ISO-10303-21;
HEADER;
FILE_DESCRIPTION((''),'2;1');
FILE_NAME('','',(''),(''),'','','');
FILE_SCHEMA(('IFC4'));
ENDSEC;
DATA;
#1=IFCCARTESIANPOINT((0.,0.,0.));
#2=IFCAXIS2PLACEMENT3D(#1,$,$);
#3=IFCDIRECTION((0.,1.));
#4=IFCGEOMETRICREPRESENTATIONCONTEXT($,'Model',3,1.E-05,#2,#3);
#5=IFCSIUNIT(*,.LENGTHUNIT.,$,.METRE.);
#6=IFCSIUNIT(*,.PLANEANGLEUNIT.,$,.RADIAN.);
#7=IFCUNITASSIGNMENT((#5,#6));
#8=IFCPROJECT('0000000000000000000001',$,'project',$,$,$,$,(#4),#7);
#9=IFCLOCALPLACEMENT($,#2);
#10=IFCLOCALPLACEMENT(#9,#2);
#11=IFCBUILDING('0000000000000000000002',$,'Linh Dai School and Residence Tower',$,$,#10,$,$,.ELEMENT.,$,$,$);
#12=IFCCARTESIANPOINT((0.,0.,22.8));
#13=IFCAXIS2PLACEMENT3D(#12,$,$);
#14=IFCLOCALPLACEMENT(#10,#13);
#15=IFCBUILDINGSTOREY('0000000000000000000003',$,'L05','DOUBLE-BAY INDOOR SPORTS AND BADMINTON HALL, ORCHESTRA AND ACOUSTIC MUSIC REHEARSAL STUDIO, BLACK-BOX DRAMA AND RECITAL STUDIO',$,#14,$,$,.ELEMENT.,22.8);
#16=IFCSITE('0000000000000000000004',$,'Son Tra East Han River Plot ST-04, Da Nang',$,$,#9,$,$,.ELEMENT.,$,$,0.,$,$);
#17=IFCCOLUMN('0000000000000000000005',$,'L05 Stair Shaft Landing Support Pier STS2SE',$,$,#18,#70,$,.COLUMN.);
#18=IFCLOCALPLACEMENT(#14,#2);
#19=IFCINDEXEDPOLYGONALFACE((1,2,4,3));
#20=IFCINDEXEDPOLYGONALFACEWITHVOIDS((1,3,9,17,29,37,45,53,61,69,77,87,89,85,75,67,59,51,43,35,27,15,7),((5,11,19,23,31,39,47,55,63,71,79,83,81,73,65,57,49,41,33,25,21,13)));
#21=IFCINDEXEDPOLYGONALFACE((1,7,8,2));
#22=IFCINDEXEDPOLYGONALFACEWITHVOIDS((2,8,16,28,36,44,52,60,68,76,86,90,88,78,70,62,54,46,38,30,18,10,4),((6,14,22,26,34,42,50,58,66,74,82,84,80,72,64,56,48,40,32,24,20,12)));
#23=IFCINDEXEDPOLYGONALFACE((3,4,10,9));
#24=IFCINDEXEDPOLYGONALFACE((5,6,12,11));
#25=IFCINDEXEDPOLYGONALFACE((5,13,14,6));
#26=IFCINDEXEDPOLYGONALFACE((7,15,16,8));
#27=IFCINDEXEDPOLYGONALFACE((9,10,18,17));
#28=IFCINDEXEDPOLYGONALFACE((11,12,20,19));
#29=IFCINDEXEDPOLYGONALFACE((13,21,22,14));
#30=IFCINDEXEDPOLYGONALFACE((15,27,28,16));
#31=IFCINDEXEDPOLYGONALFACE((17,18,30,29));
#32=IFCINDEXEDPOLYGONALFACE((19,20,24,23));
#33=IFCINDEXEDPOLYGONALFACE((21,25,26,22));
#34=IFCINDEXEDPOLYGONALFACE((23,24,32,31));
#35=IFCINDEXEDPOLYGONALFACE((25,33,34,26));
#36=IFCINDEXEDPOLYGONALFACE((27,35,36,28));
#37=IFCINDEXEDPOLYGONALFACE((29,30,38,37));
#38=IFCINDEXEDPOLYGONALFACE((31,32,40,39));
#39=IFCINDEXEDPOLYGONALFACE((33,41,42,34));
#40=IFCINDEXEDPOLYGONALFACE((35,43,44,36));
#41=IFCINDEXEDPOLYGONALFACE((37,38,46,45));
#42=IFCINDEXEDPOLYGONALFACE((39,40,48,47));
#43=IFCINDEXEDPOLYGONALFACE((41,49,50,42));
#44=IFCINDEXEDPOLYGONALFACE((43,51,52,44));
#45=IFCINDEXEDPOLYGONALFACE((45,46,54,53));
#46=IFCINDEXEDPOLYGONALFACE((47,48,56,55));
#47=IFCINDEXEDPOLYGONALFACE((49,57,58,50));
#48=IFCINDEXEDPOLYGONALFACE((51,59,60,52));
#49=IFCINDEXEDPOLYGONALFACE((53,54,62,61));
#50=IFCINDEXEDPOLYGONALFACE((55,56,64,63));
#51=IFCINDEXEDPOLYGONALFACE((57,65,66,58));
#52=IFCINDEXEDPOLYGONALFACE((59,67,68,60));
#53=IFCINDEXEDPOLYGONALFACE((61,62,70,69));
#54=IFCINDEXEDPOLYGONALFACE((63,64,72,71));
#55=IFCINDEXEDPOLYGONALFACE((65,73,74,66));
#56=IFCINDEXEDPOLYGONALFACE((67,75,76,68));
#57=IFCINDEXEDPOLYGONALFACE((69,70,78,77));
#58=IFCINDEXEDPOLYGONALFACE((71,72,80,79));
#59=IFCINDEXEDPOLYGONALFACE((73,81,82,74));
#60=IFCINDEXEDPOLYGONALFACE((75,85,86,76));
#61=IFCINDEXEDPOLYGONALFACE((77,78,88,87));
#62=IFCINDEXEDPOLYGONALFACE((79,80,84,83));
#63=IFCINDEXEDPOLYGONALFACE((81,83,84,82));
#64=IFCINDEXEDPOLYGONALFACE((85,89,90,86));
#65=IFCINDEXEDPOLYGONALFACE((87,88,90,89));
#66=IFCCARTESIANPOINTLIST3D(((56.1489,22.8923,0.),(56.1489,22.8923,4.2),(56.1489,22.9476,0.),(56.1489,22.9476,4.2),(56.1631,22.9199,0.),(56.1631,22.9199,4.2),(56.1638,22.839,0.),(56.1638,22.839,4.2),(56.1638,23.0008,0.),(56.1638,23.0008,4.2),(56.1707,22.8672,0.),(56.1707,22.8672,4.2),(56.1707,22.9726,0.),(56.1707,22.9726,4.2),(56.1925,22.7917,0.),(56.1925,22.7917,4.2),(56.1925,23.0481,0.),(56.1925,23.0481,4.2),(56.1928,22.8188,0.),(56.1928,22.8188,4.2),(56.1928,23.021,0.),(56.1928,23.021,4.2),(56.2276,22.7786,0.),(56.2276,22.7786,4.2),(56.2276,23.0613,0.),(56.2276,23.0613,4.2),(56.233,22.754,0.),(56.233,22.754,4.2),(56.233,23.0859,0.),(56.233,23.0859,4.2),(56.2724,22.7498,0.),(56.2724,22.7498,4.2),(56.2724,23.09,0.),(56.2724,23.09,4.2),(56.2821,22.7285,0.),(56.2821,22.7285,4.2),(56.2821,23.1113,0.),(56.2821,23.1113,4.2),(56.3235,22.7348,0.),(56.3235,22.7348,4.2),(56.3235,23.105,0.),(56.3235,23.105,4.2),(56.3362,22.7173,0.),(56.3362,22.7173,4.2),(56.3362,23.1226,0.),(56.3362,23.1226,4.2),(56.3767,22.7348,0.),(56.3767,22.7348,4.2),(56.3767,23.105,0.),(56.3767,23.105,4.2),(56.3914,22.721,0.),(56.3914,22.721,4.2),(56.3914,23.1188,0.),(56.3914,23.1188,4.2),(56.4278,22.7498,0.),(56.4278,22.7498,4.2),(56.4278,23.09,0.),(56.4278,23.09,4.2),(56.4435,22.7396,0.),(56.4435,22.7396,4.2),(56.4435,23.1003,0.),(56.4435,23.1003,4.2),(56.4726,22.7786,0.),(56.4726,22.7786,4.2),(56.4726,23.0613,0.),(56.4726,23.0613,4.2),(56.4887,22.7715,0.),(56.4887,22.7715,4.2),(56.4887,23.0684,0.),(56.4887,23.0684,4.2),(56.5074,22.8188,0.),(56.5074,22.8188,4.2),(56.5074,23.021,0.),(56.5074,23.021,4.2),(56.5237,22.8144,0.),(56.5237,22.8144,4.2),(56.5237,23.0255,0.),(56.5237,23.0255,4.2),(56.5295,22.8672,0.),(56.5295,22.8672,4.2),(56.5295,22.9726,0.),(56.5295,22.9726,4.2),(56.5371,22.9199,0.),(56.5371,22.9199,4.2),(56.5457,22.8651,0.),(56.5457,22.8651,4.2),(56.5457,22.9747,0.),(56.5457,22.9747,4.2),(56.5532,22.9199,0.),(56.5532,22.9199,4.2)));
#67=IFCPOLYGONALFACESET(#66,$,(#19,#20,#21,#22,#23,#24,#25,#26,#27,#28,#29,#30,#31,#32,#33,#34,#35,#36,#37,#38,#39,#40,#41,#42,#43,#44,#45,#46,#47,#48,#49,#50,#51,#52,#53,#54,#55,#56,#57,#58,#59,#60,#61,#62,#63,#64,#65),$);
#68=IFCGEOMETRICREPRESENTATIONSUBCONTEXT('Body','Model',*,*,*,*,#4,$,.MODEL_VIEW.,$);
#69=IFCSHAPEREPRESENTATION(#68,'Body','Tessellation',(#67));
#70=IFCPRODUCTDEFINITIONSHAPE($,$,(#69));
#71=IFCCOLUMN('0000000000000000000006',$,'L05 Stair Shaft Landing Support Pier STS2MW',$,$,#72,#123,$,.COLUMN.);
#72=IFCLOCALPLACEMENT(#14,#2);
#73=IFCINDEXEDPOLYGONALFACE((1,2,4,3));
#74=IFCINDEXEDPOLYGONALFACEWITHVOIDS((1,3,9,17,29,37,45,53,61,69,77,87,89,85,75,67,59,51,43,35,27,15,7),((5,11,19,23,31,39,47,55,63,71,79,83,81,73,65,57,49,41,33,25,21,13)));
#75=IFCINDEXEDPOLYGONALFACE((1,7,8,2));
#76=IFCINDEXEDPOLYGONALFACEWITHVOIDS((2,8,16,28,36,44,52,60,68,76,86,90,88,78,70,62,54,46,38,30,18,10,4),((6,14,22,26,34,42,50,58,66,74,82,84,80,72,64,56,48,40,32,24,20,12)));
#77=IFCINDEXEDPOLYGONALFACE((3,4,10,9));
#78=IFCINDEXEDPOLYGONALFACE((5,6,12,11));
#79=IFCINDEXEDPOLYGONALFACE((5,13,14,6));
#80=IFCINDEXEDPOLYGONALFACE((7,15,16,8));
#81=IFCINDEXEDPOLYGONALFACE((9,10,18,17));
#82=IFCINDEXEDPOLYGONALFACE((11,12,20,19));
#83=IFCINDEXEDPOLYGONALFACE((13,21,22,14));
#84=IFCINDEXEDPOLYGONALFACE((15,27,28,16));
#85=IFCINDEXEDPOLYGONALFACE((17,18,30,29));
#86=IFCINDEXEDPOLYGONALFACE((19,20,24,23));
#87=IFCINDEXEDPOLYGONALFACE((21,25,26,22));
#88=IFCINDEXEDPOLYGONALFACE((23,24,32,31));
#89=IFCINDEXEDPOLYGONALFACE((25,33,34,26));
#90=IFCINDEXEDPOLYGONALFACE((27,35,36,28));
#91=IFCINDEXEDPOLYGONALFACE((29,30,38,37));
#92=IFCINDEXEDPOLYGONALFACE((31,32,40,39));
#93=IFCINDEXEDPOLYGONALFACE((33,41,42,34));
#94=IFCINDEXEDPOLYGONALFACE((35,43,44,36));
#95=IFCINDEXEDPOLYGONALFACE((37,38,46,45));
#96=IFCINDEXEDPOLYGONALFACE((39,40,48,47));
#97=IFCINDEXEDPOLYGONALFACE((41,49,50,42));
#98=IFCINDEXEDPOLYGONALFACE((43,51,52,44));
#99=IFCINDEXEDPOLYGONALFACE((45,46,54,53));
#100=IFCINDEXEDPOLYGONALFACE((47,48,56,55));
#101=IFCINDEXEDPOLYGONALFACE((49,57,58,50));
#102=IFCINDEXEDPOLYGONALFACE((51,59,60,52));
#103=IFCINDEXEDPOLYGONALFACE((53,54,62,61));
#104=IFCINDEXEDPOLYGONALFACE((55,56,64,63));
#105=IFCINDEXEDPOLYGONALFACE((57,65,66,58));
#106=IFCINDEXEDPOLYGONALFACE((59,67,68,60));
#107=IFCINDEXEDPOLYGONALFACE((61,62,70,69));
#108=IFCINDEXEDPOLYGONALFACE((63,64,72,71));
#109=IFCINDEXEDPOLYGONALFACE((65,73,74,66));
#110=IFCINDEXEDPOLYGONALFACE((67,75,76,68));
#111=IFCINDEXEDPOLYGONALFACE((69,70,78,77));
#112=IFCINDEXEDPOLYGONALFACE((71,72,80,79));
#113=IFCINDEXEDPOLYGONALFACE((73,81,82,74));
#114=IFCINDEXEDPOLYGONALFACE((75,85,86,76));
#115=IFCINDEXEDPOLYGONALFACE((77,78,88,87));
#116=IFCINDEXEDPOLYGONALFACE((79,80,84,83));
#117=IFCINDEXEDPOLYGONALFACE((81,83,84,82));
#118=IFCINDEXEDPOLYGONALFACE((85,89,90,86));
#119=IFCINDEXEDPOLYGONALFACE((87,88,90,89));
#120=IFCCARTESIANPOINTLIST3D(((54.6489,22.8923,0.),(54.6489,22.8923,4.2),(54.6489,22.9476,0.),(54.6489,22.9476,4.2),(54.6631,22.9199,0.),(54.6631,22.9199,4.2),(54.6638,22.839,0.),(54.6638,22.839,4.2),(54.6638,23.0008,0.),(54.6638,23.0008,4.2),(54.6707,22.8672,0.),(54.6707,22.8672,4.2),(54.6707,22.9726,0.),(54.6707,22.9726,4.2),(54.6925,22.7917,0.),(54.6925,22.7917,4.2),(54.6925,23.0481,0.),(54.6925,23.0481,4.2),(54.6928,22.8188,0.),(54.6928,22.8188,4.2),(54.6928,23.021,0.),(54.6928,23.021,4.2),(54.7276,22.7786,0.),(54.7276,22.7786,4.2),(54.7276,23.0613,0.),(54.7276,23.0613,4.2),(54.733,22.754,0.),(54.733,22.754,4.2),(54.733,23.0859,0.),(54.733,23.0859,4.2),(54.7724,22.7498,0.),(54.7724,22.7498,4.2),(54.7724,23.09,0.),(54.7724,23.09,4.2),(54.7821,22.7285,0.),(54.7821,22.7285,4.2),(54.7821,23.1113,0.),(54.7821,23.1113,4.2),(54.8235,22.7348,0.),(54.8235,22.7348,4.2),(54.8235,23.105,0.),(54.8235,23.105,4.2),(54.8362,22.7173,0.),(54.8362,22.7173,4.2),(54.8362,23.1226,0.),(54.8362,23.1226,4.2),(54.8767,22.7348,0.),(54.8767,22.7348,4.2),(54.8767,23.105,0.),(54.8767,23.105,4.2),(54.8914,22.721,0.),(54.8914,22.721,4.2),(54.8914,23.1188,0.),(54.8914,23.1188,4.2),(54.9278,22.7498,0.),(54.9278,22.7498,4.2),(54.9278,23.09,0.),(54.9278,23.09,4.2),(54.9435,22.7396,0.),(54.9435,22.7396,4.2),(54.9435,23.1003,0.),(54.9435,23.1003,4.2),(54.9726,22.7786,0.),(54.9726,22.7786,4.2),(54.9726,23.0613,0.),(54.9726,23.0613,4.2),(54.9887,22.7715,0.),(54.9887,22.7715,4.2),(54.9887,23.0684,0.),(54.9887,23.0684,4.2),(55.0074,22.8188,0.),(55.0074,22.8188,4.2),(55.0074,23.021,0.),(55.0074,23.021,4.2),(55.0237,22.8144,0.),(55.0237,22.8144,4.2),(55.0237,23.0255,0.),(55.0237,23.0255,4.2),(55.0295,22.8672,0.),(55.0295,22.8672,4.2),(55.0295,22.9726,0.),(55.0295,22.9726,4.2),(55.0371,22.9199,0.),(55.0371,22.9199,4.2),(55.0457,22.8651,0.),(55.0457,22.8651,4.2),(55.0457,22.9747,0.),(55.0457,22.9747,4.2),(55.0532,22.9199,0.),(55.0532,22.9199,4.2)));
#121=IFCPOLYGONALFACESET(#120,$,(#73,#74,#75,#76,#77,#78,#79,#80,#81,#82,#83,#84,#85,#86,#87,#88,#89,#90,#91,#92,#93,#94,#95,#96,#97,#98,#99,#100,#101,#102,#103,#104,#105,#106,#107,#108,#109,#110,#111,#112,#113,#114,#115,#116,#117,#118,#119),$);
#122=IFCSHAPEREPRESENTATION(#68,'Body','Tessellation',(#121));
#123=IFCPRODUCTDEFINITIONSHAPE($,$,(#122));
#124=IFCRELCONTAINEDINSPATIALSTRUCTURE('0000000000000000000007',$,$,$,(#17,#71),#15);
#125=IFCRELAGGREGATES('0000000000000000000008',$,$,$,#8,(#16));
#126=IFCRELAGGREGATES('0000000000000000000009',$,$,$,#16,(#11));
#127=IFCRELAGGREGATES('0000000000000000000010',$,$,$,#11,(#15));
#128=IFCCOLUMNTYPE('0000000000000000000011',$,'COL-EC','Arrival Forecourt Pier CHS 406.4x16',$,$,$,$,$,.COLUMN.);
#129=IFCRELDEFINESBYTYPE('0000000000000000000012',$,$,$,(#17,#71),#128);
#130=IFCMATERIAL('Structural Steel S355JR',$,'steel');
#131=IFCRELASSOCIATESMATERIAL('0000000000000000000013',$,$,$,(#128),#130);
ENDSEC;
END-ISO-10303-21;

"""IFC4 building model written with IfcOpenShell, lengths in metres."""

from ifc_helpers import new_model, si_unit, direction, frame, origin, origin_2d, place, context, subcontext, project, spatial, hollow_circle, extrude, material, material_profile, profile_set, type_object, element, save


model = new_model("IFC4")

# Units and contexts
model_context = context("Model", 3, precision=1e-05, world=origin(), true_north=direction((0.0, 1.0)))
body_context = subcontext(model_context, "Body", "Model", "MODEL_VIEW")
ifc_project = project(units=[si_unit("LENGTHUNIT", "METRE"), si_unit("PLANEANGLEUNIT", "RADIAN")], contexts=[model_context])

# Site, building, storey
site_placement = place(None, origin())
site = spatial("IfcSite", under=ifc_project, at=site_placement, Name="Son Tra East Han River Plot ST-04, Da Nang", CompositionType="ELEMENT", RefElevation=0.0)
building_placement = place(site_placement, origin())
building = spatial("IfcBuilding", under=site, at=building_placement, Name="Linh Dai School and Residence Tower", CompositionType="ELEMENT")
storey_placement = place(building_placement, frame((0.0, 0.0, 22.8)))
storey = spatial("IfcBuildingStorey", under=building, at=storey_placement, Name="L05", Description="DOUBLE-BAY INDOOR SPORTS AND BADMINTON HALL, ORCHESTRA AND ACOUSTIC MUSIC REHEARSAL STUDIO, BLACK-BOX DRAMA AND RECITAL STUDIO", CompositionType="ELEMENT", Elevation=22.8)

# Columns
ifc_material_1 = material(Name="Structural Steel S355JR", Category="steel")
ifc_material_profile_1 = material_profile(ifc_material_1, hollow_circle(Radius=0.2031, WallThickness=0.0161, at=origin_2d()), Name="CHS 406.4x16")
ifc_profile_set_1 = profile_set([ifc_material_profile_1], Name="Structural Steel S355JR")
column_type_1 = type_object("IfcColumnType", Name="COL-EC", Description="Arrival Forecourt Pier CHS 406.4x16", PredefinedType="COLUMN", material=ifc_profile_set_1)
for number, where, z_axis, x_axis, name in (
    (1, (56.3501, 22.9199, 0.0), (0.0, 0.0, 1.0), (1.0, 0.0, 0.0), "L05 Stair Shaft Landing Support Pier STS2SE"),
    (2, (54.8501, 22.9199, 0.0), (0.0, 0.0, 1.0), (1.0, 0.0, 0.0), "L05 Stair Shaft Landing Support Pier STS2MW"),
):
    element("IfcColumn", number, at=place(storey_placement, frame(where, z_axis=z_axis, x_axis=x_axis)), inside=storey, type_object=column_type_1, Name=name, PredefinedType="COLUMN", context=body_context, shape_type="SweptSolid", body=[
        extrude(hollow_circle(Radius=0.2031, WallThickness=0.0161, at=origin_2d()), origin(), (0.0, 0.0, 1.0), 4.2),
    ])

save(model, "model.ifc")
